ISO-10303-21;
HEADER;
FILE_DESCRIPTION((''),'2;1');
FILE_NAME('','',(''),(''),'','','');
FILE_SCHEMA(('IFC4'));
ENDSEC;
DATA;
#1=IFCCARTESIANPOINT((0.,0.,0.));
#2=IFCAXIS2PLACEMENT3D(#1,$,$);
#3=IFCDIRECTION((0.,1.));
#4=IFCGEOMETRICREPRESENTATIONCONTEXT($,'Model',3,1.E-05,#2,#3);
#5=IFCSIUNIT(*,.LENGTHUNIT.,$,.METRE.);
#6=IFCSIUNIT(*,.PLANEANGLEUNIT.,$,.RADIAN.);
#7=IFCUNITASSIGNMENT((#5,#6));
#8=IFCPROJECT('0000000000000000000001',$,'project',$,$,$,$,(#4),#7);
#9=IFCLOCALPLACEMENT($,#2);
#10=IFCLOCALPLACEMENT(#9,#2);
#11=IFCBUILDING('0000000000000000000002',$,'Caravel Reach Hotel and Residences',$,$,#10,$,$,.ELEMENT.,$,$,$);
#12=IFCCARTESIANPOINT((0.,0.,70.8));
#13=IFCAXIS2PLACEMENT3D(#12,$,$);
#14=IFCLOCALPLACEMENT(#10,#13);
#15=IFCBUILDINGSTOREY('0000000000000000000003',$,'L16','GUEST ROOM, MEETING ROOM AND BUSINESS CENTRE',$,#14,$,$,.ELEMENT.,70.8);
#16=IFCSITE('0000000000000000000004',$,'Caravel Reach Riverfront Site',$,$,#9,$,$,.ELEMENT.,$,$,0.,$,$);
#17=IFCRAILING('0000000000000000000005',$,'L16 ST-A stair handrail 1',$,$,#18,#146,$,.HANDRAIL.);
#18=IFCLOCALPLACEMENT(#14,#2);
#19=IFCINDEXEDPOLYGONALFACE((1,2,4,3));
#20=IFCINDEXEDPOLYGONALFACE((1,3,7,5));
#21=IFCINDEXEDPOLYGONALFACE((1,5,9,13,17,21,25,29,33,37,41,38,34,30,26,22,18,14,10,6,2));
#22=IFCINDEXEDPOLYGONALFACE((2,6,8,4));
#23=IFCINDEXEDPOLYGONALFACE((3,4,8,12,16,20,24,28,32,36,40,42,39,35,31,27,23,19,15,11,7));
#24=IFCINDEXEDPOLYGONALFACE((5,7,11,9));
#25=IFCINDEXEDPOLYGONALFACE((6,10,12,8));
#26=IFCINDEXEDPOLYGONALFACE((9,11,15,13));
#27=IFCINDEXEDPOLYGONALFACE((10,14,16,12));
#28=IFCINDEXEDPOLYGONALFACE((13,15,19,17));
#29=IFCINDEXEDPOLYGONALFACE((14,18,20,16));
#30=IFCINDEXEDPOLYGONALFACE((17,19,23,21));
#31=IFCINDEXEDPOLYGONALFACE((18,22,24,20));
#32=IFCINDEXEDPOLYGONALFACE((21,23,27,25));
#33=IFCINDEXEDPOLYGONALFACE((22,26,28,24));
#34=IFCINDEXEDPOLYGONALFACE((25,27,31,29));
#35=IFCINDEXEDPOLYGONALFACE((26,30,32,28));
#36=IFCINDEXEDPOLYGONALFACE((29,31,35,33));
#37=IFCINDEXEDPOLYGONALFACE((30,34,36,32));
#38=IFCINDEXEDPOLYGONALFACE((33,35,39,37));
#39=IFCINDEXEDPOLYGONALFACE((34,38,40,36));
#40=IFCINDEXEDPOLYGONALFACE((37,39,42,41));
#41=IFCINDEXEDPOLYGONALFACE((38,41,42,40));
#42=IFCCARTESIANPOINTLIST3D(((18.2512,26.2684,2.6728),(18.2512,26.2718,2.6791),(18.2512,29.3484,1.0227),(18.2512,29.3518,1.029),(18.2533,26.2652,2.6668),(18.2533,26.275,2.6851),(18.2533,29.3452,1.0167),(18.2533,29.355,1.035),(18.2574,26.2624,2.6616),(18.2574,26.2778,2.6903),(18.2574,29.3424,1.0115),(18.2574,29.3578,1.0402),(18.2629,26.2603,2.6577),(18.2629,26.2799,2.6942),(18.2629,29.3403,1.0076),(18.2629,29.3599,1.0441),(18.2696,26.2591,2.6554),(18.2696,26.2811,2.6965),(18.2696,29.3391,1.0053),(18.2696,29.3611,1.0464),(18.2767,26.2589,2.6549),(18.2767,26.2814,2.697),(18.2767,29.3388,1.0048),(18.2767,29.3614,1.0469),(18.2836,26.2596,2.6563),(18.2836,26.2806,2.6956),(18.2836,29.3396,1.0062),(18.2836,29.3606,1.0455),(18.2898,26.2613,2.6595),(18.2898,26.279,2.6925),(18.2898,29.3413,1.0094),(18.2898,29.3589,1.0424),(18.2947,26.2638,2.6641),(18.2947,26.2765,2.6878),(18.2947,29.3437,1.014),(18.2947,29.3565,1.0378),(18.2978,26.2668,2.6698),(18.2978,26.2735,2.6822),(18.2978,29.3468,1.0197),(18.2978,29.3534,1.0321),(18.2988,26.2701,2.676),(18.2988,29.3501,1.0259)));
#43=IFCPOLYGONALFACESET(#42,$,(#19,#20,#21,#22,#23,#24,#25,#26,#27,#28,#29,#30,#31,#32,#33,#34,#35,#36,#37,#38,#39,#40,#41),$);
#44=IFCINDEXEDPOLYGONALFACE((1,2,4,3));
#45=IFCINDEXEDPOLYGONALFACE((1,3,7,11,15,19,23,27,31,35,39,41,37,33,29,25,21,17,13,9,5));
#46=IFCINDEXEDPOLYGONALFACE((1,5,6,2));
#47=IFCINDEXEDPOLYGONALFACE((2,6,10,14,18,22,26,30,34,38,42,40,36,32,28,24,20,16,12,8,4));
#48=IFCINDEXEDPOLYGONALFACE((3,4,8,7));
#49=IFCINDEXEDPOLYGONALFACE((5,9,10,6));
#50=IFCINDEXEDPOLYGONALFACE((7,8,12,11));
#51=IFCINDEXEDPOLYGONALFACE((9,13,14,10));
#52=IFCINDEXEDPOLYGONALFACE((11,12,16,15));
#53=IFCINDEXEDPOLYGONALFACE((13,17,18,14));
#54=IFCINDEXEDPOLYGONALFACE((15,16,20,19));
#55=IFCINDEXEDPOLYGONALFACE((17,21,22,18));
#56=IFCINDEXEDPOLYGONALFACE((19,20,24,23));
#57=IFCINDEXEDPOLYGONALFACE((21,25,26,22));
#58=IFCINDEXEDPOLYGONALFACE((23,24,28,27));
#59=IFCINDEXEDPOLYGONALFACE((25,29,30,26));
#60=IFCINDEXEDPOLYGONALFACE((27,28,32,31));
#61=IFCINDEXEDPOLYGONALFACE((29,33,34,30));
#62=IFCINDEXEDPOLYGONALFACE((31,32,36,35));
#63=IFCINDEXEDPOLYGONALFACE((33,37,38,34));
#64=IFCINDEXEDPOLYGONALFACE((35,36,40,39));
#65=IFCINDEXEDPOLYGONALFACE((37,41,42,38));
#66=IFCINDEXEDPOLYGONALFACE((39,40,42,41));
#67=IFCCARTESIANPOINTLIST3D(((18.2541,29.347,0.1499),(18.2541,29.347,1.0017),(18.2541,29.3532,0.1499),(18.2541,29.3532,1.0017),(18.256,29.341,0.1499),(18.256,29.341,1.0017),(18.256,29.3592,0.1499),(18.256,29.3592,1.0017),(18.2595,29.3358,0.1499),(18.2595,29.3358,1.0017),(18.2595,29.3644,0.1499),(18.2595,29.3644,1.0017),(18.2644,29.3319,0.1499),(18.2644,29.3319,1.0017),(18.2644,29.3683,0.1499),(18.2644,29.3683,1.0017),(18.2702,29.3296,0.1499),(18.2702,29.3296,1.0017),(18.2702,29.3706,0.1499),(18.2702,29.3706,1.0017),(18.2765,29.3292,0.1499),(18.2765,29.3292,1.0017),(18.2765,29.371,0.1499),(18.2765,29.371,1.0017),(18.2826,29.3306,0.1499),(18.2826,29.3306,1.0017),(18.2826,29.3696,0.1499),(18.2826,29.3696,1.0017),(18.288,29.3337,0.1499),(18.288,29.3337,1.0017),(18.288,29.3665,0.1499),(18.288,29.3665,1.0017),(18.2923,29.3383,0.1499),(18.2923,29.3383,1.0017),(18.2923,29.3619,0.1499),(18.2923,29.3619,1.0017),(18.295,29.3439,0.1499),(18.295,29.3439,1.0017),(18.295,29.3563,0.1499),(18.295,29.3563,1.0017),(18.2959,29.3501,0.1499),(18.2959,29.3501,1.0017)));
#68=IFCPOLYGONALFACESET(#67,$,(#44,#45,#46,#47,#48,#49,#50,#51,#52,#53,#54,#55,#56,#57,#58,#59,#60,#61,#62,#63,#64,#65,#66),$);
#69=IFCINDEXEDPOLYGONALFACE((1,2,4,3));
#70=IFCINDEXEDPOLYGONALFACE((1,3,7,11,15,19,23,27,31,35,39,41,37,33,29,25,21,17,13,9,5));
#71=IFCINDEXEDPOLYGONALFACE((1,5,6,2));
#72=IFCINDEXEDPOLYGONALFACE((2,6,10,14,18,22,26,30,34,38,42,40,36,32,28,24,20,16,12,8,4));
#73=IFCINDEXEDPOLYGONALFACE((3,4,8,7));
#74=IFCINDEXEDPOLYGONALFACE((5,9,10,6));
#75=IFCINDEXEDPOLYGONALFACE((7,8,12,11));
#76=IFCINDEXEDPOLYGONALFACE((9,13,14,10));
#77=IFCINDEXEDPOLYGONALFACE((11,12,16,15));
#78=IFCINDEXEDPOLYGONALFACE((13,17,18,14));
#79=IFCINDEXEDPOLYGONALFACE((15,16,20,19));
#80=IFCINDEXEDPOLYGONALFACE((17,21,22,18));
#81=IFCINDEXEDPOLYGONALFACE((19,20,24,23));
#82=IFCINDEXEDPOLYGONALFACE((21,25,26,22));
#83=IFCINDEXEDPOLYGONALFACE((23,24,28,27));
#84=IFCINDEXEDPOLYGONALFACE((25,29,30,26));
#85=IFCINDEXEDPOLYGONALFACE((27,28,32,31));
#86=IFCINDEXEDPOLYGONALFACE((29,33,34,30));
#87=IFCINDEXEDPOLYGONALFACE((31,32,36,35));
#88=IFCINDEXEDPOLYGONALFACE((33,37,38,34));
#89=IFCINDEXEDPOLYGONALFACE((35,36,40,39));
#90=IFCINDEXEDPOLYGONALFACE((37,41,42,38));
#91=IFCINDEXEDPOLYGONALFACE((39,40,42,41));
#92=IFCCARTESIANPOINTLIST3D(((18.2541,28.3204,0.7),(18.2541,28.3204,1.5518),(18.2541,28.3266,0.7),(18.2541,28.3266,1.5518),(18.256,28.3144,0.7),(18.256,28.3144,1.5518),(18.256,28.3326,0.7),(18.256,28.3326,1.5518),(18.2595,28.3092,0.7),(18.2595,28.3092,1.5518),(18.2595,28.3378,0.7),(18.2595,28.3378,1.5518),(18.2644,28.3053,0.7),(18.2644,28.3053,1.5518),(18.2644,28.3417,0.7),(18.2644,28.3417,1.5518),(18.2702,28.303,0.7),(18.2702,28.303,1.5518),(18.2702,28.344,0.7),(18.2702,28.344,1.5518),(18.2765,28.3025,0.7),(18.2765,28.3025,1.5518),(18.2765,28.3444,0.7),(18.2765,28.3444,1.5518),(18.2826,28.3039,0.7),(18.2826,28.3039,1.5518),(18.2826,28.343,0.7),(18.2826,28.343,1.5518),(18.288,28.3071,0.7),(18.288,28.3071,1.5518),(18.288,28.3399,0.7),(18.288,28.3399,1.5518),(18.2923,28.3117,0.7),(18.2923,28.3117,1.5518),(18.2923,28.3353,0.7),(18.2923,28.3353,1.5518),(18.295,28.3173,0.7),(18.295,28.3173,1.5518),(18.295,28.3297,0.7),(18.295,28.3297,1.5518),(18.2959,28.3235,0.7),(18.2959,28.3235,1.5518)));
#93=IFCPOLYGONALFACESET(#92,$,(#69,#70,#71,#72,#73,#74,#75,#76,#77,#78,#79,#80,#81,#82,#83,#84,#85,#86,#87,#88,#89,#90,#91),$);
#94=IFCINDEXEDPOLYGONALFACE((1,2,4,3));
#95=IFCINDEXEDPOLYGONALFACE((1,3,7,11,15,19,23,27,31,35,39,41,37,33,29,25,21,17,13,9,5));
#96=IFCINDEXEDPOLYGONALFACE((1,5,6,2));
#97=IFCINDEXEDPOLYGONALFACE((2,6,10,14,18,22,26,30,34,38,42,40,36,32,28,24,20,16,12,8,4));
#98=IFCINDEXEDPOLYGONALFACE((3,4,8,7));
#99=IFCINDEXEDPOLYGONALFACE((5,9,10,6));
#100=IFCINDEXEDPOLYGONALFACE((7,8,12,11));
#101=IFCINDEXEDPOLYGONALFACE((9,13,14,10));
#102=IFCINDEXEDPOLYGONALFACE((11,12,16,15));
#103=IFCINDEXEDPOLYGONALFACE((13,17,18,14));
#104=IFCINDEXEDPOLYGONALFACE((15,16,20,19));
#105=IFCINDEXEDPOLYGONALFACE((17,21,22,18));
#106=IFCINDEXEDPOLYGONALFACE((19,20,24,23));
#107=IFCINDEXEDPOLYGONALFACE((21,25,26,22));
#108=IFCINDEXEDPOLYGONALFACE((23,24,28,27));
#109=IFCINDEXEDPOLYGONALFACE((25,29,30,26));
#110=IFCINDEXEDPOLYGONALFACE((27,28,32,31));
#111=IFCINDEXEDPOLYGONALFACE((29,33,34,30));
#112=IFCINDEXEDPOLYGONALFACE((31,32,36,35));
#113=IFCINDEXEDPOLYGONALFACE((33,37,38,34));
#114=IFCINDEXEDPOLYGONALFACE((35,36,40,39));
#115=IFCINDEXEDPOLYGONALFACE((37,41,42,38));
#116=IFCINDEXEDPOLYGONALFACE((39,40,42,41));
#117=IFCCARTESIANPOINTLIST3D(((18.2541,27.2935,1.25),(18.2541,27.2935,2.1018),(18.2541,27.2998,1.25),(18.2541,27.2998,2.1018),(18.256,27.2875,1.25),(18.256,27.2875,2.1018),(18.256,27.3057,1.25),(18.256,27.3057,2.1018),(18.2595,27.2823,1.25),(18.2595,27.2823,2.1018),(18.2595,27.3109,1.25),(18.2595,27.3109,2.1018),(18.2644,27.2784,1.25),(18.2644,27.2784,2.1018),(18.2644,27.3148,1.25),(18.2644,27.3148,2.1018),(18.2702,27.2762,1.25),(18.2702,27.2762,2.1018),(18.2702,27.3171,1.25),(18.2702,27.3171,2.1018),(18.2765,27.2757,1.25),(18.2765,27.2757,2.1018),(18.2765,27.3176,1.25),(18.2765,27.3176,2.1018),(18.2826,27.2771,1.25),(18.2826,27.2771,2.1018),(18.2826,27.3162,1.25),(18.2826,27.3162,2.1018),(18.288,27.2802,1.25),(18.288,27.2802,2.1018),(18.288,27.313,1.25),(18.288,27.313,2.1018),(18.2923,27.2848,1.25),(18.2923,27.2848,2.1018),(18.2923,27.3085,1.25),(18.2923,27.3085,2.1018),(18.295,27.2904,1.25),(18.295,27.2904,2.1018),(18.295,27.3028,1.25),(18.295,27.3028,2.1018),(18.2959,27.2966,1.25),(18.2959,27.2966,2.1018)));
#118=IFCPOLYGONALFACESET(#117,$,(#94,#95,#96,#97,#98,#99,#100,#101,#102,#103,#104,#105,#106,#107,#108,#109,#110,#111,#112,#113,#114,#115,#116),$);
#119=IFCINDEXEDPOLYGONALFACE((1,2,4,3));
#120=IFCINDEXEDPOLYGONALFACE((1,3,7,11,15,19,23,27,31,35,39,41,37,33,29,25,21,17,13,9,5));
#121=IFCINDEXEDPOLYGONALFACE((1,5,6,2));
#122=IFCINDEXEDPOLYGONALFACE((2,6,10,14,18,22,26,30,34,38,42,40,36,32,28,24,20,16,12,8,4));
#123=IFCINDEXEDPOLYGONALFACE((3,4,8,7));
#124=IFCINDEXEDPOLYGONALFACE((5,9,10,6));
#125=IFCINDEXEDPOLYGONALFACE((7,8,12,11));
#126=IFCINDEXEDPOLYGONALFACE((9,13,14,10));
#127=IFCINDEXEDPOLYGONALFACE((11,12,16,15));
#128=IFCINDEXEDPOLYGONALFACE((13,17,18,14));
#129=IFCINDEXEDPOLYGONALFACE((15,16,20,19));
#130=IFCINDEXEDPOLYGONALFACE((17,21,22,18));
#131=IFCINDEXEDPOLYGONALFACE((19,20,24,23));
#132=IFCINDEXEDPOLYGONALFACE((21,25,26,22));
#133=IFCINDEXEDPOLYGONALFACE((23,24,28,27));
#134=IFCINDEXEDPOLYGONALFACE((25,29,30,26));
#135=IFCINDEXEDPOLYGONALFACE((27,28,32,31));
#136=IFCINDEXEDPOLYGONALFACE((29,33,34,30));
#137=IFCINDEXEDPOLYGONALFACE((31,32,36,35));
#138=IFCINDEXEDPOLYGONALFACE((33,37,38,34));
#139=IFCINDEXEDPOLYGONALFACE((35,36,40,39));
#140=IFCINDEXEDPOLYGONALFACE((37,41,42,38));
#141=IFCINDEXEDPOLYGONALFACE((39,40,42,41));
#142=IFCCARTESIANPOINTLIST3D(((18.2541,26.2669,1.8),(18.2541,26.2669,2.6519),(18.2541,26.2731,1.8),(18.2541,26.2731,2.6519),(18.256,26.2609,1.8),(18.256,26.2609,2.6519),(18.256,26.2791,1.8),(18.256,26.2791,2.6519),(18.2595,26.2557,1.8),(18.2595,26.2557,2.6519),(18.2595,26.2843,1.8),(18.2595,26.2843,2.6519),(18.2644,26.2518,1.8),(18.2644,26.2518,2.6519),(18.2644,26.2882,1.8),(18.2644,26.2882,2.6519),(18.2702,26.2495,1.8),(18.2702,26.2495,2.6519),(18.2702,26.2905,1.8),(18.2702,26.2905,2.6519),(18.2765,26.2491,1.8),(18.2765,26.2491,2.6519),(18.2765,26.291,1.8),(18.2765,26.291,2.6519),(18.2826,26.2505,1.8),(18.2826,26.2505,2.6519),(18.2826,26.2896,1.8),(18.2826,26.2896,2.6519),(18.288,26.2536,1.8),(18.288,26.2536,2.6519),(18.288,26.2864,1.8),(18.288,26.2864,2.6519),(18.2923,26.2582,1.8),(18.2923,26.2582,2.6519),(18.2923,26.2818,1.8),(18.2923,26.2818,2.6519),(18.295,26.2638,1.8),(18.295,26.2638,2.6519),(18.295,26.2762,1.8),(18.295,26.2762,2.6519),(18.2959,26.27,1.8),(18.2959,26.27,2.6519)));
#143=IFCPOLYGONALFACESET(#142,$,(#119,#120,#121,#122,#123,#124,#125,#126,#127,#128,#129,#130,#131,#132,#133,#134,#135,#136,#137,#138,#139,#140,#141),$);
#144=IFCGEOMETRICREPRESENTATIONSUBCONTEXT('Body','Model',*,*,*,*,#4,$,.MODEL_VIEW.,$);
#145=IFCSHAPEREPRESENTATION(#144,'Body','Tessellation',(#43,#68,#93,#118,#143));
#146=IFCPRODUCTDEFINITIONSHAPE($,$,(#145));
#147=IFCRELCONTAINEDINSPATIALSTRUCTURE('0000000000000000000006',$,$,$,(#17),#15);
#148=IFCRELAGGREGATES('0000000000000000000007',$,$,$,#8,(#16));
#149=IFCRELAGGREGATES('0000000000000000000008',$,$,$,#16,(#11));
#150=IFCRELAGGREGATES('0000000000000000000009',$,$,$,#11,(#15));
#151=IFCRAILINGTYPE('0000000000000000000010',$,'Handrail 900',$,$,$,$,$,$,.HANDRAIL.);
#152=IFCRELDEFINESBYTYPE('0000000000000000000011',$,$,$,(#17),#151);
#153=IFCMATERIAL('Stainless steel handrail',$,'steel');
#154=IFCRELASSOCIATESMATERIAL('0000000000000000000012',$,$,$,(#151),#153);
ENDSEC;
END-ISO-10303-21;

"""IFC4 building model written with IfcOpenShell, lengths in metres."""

from ifc_helpers import new_model, si_unit, direction, frame, origin, origin_2d, place, context, subcontext, project, spatial, circle, extrude, material, type_object, element, save


model = new_model("IFC4")

# Units and contexts
model_context = context("Model", 3, precision=1e-05, world=origin(), true_north=direction((0.0, 1.0)))
body_context = subcontext(model_context, "Body", "Model", "MODEL_VIEW")
ifc_project = project(units=[si_unit("LENGTHUNIT", "METRE"), si_unit("PLANEANGLEUNIT", "RADIAN")], contexts=[model_context])

# Site, building, storey
site_placement = place(None, origin())
site = spatial("IfcSite", under=ifc_project, at=site_placement, Name="Caravel Reach Riverfront Site", CompositionType="ELEMENT", RefElevation=0.0)
building_placement = place(site_placement, origin())
building = spatial("IfcBuilding", under=site, at=building_placement, Name="Caravel Reach Hotel and Residences", CompositionType="ELEMENT")
storey_placement = place(building_placement, frame((0.0, 0.0, 70.8)))
storey = spatial("IfcBuildingStorey", under=building, at=storey_placement, Name="L16", Description="GUEST ROOM, MEETING ROOM AND BUSINESS CENTRE", CompositionType="ELEMENT", Elevation=70.8)

# Railing
ifc_material_1 = material(Name="Stainless steel handrail", Category="steel")
railing_type_1 = type_object("IfcRailingType", Name="Handrail 900", PredefinedType="HANDRAIL", material=ifc_material_1)
railing_1_placement = place(storey_placement, frame((18.2749, 29.3501, 0.1499)))
element("IfcRailing", 1, at=railing_1_placement, inside=storey, type_object=railing_type_1, Name="L16 ST-A stair handrail 1", PredefinedType="HANDRAIL", context=body_context, shape_type="SweptSolid", body=[
    extrude(circle(Radius=0.0239, at=origin_2d()), frame((0.0, 0.0, 0.876), z_axis=(0.0, -0.881468, 0.472245), x_axis=(1.0, 0.0, 0.0)), (0.0, 0.0, 1.0), 3.4941),
    extrude(circle(Radius=0.021, at=origin_2d()), origin(), (0.0, 0.0, 1.0), 0.8518),
    extrude(circle(Radius=0.021, at=origin_2d()), frame((0.0, -1.0266, 0.55)), (0.0, 0.0, 1.0), 0.8518),
    extrude(circle(Radius=0.021, at=origin_2d()), frame((0.0, -2.0535, 1.1001)), (0.0, 0.0, 1.0), 0.8518),
    extrude(circle(Radius=0.021, at=origin_2d()), frame((0.0, -3.0801, 1.6501)), (0.0, 0.0, 1.0), 0.8518),
])

save(model, "model.ifc")
